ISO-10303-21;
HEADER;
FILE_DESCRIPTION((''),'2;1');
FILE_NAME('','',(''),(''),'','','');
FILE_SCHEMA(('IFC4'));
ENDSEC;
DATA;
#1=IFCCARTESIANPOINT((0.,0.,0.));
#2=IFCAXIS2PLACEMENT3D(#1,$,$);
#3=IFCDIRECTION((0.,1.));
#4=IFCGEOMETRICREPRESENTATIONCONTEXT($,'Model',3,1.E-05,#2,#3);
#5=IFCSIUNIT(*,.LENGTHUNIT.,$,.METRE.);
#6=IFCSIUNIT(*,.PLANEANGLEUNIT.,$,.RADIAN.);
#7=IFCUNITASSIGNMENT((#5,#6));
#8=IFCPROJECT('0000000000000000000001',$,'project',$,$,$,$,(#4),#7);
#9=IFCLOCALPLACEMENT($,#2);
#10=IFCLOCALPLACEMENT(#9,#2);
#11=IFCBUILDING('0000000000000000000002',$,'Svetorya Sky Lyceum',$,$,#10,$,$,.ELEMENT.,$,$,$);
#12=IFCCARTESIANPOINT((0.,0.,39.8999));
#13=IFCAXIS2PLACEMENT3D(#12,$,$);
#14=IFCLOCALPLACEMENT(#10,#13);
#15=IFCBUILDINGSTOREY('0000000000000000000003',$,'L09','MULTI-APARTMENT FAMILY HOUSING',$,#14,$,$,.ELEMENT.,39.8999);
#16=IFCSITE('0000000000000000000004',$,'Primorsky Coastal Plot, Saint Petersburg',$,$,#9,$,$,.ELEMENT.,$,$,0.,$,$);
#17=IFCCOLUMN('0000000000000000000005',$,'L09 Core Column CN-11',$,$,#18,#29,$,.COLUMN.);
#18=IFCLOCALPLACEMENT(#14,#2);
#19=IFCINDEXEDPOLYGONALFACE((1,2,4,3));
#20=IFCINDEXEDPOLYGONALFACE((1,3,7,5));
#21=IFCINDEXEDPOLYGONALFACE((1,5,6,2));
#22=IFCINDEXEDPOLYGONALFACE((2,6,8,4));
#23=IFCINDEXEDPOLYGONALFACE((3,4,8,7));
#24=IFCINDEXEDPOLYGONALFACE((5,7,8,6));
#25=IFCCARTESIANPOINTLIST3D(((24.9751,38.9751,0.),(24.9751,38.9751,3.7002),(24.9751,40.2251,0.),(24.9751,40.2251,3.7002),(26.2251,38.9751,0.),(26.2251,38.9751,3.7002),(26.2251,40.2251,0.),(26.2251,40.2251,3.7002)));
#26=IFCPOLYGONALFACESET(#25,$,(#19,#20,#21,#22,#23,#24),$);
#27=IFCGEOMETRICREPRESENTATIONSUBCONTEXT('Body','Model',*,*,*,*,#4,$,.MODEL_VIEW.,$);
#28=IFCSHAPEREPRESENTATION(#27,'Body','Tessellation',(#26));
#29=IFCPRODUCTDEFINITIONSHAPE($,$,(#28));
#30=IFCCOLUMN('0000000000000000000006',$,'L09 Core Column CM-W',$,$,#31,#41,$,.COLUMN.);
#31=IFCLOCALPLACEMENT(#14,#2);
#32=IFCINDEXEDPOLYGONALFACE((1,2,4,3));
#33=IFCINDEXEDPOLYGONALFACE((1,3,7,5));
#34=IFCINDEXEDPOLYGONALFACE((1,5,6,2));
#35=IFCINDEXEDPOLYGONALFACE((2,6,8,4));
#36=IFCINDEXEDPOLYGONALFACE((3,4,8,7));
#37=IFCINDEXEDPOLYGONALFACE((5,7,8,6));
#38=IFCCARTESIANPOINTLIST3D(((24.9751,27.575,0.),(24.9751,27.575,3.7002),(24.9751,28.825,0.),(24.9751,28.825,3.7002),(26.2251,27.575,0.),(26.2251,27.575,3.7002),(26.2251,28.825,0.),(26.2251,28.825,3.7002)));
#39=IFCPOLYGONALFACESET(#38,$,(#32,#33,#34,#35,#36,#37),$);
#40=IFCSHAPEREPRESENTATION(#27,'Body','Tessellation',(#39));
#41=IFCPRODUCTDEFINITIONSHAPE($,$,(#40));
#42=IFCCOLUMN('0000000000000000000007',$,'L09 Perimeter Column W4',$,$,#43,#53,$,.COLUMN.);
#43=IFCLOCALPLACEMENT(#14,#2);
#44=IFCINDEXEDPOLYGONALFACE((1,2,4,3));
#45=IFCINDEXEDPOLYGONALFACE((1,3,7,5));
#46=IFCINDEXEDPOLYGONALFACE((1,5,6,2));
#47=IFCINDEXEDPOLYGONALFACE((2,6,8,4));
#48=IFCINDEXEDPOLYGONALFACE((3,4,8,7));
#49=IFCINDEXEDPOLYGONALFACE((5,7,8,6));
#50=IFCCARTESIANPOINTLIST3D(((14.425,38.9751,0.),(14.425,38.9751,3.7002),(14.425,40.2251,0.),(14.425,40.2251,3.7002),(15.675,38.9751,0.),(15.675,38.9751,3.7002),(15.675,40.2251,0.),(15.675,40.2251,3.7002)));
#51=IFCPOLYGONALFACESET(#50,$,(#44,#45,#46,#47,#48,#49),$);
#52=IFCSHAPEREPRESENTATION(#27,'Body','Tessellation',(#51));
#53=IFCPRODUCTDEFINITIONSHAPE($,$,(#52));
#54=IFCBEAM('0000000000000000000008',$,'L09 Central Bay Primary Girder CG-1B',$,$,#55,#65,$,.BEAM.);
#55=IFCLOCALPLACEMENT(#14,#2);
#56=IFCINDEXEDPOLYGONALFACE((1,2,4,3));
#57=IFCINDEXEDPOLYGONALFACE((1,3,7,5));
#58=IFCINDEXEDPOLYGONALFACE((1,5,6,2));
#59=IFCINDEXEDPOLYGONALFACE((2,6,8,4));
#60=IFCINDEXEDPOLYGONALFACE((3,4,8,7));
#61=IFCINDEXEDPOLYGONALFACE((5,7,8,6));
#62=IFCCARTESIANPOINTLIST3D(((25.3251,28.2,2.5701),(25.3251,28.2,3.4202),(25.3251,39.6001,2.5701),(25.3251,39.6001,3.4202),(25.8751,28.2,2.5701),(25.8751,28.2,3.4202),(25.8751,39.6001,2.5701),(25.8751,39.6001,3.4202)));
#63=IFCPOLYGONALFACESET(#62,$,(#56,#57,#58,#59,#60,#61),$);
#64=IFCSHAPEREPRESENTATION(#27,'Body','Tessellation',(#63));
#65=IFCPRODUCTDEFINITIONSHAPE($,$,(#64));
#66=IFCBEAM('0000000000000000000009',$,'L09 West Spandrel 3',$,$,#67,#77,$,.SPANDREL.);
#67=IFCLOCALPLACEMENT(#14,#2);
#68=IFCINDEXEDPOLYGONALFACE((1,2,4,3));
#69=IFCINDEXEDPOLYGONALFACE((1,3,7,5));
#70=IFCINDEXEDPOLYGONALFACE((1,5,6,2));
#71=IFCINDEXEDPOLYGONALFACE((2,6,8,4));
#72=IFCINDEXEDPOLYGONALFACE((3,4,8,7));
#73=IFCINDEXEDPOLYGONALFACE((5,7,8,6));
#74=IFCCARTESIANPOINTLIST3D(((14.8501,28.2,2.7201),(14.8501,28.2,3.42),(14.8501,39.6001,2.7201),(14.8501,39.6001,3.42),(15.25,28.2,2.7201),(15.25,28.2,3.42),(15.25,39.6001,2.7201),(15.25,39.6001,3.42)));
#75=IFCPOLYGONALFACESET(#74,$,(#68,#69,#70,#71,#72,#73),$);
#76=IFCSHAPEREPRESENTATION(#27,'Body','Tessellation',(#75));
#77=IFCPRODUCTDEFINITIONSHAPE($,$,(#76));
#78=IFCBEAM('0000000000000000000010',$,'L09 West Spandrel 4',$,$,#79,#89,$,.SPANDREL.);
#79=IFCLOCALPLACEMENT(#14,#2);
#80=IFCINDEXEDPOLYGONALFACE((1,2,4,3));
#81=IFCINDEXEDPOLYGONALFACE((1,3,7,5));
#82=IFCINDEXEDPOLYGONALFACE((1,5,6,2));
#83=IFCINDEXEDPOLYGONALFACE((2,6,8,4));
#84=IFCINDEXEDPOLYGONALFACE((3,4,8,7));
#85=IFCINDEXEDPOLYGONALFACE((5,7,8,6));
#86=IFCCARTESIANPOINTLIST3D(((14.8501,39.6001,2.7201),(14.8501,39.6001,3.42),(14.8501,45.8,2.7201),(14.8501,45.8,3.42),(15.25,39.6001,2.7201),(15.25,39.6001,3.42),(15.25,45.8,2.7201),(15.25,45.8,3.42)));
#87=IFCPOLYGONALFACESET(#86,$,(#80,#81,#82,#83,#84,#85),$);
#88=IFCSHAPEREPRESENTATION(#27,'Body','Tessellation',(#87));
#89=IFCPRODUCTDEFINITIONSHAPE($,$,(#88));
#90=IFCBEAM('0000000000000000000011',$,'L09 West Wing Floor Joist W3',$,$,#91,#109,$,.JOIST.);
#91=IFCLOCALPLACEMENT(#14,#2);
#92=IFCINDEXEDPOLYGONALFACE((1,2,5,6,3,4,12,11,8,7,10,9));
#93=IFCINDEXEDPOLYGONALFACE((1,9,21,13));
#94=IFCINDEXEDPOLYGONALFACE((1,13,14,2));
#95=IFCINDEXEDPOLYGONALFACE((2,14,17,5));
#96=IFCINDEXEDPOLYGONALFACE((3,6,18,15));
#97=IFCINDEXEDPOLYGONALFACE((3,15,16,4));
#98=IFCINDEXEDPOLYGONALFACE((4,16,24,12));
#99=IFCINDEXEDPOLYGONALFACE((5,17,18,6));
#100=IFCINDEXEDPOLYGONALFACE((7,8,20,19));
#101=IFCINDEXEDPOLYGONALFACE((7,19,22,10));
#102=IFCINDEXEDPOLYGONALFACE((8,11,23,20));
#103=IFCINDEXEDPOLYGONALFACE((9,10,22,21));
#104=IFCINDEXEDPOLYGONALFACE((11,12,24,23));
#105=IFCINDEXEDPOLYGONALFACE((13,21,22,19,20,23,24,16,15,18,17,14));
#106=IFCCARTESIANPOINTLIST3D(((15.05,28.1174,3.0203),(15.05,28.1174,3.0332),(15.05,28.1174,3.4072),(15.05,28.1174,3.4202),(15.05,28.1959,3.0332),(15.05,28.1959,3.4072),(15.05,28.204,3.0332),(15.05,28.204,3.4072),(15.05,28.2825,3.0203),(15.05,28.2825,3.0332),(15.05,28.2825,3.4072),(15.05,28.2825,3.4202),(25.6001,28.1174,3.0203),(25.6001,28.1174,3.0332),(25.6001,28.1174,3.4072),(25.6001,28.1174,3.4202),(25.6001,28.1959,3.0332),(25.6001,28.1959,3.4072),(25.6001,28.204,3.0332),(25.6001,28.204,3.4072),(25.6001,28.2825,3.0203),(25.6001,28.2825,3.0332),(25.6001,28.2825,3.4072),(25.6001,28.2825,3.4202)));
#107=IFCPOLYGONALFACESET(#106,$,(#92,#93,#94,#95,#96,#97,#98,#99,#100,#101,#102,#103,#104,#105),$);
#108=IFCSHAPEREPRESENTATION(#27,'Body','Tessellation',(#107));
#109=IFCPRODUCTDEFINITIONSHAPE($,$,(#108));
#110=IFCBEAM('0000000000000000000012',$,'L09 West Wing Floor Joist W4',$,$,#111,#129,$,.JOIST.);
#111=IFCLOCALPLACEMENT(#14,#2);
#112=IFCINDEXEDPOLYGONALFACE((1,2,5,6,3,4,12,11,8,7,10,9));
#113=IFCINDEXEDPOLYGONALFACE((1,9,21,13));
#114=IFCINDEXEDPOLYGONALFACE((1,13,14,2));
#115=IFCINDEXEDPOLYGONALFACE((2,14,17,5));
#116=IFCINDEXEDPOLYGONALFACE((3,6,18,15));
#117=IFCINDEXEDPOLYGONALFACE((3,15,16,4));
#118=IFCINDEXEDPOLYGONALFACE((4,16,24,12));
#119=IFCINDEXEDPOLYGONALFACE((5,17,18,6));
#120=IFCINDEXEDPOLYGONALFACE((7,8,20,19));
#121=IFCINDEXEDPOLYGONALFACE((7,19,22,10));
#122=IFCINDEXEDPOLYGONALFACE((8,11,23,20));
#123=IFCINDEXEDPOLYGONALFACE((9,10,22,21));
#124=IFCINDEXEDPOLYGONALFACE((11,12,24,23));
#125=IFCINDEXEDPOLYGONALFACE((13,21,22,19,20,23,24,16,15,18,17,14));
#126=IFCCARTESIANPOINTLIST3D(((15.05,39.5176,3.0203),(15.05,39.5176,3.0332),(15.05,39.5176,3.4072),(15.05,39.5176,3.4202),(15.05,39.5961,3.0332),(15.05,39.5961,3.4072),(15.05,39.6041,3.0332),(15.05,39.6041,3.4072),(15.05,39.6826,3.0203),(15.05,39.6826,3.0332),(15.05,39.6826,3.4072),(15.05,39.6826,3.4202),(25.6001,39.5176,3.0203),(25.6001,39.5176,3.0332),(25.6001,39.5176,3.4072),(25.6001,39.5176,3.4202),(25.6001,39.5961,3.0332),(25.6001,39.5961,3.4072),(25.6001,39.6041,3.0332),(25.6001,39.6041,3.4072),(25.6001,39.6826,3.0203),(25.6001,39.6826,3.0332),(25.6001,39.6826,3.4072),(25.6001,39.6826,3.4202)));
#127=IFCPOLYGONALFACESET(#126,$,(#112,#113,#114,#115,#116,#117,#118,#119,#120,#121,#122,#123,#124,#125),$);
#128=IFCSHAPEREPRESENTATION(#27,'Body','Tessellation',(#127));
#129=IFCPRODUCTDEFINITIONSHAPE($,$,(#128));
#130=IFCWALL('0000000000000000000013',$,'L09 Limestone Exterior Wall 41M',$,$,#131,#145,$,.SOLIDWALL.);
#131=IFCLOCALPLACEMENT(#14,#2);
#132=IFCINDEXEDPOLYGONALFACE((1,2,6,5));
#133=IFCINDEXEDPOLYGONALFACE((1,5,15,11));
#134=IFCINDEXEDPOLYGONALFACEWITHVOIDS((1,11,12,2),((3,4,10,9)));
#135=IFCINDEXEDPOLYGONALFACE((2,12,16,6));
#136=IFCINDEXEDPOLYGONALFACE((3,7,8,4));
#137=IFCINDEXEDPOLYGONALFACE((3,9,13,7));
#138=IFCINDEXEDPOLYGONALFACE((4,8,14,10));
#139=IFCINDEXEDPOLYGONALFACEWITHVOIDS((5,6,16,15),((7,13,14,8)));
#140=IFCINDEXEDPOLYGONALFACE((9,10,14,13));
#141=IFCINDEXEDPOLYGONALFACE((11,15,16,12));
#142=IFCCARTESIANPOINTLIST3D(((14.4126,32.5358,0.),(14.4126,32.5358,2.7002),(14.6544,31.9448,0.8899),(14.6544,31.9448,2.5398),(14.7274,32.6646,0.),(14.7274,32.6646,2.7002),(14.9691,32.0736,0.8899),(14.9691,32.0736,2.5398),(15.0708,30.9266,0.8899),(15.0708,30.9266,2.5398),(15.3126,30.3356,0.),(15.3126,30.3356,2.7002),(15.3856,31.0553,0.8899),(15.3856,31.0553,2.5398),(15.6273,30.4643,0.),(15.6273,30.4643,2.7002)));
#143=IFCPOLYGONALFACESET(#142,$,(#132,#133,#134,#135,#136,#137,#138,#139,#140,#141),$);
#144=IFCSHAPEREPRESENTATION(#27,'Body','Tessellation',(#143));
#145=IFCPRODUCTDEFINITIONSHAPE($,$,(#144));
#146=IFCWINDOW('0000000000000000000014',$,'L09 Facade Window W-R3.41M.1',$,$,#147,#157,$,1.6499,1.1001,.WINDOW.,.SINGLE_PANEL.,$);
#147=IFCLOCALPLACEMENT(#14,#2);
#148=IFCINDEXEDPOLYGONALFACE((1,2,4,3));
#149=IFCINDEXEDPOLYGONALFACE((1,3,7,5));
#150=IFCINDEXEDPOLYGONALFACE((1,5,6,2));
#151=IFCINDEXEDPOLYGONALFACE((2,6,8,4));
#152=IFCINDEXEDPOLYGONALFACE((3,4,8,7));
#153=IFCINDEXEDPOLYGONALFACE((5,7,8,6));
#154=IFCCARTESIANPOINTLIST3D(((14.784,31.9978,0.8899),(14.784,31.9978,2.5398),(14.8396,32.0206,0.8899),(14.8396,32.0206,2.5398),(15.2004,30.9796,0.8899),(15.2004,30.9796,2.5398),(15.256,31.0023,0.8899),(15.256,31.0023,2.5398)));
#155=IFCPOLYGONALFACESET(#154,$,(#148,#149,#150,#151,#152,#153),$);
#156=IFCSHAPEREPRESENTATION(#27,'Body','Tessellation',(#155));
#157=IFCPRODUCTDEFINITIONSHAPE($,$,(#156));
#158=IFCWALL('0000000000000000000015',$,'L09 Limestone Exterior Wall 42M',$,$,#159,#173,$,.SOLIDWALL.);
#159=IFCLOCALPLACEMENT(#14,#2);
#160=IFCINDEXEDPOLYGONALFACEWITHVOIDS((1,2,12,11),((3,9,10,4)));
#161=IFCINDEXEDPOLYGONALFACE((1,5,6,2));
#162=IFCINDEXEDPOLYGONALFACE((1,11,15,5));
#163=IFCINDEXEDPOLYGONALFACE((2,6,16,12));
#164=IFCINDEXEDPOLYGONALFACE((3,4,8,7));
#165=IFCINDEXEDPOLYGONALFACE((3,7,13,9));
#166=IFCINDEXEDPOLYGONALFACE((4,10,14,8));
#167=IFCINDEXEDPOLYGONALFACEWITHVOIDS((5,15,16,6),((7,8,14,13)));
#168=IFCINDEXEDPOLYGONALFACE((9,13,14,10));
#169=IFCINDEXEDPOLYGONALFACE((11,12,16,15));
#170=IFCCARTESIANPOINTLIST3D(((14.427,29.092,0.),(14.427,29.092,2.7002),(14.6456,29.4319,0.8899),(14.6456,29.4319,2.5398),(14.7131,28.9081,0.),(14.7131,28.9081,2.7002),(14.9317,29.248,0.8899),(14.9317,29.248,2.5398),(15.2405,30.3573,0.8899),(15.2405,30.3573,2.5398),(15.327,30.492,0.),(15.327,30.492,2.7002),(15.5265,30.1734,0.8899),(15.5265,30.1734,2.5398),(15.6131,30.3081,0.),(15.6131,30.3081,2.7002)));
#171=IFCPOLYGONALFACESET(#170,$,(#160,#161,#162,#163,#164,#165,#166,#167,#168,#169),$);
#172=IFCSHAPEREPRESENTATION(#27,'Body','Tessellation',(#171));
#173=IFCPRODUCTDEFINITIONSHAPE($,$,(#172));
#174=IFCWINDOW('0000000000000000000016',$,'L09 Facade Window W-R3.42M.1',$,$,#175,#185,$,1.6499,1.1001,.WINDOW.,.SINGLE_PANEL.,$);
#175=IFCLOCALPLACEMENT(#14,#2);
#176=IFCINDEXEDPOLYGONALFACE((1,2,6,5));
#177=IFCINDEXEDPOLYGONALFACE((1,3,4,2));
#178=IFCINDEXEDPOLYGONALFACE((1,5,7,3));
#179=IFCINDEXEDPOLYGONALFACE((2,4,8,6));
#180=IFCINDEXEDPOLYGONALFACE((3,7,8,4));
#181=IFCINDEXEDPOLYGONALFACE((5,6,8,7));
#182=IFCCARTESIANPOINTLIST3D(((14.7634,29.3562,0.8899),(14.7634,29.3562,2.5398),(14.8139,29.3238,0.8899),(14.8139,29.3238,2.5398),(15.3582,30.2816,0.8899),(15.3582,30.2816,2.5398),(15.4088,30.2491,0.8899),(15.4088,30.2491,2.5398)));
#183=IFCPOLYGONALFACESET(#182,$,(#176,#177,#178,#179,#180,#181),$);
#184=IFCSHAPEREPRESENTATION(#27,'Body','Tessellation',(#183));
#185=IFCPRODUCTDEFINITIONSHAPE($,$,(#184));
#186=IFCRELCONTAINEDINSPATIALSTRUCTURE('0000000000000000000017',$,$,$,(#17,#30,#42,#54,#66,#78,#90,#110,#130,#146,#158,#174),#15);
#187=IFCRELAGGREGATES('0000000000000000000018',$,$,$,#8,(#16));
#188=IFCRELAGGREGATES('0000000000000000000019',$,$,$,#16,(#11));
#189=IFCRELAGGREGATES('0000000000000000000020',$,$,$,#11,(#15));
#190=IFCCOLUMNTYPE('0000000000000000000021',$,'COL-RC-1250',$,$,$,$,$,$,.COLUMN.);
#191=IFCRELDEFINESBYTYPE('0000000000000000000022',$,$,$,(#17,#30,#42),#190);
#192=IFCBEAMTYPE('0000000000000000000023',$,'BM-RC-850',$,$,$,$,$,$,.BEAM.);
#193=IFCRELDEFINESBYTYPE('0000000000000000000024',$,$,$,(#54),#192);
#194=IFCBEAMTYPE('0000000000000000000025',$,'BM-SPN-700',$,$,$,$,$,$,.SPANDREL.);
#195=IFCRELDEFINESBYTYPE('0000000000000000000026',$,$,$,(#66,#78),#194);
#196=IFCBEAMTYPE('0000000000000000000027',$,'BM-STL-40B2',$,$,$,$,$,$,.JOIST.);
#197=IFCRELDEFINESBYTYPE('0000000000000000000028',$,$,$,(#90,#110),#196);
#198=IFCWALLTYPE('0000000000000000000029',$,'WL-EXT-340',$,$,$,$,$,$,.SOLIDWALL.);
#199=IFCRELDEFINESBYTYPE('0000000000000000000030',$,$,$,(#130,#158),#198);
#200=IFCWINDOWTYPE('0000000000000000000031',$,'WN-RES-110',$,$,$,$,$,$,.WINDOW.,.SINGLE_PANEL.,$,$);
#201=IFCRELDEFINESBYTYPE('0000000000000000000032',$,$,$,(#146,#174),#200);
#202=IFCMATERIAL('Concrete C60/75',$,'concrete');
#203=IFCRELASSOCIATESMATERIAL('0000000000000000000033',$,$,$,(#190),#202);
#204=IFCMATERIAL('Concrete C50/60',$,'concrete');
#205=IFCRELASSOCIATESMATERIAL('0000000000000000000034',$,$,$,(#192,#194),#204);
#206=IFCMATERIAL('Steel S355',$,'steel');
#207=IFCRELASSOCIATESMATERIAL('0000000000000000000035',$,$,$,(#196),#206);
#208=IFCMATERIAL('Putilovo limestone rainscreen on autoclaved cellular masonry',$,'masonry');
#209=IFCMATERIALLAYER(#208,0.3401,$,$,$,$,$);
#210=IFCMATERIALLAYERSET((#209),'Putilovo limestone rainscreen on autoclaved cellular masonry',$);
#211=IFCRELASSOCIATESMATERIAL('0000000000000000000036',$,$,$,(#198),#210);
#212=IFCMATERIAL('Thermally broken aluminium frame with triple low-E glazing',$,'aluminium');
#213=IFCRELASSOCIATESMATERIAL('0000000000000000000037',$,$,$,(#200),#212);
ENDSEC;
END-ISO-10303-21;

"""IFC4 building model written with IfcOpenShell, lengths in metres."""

from ifc_helpers import new_model, si_unit, direction, frame, frame_2d, origin, origin_2d, place, context, subcontext, project, spatial, rectangle, i_section, extrude, material, layer, layer_set, material_profile, profile_set, type_object, element, fill, save


model = new_model("IFC4")

# Units and contexts
model_context = context("Model", 3, precision=1e-05, world=origin(), true_north=direction((0.0, 1.0)))
body_context = subcontext(model_context, "Body", "Model", "MODEL_VIEW")
ifc_project = project(units=[si_unit("LENGTHUNIT", "METRE"), si_unit("PLANEANGLEUNIT", "RADIAN")], contexts=[model_context])

# Site, building, storey
site_placement = place(None, origin())
site = spatial("IfcSite", under=ifc_project, at=site_placement, Name="Primorsky Coastal Plot, Saint Petersburg", CompositionType="ELEMENT", RefElevation=0.0)
building_placement = place(site_placement, origin())
building = spatial("IfcBuilding", under=site, at=building_placement, Name="Svetorya Sky Lyceum", CompositionType="ELEMENT")
storey_placement = place(building_placement, frame((0.0, 0.0, 39.8999)))
storey = spatial("IfcBuildingStorey", under=building, at=storey_placement, Name="L09", Description="MULTI-APARTMENT FAMILY HOUSING", CompositionType="ELEMENT", Elevation=39.8999)

# Columns
ifc_material_1 = material(Name="Concrete C60/75", Category="concrete")
ifc_material_profile_1 = material_profile(ifc_material_1, rectangle(XDim=1.25, YDim=1.25, at=origin_2d()), Name="RC COL 1250x1250")
ifc_profile_set_1 = profile_set([ifc_material_profile_1], Name="Concrete C60/75")
column_type = type_object("IfcColumnType", Name="COL-RC-1250", PredefinedType="COLUMN", material=ifc_profile_set_1)
for number, where, z_axis, x_axis, name in (
    (1, (25.6001, 39.6001, 0.0), (0.0, 0.0, 1.0), (1.0, 0.0, 0.0), "L09 Core Column CN-11"),
    (2, (25.6001, 28.2, 0.0), (0.0, 0.0, 1.0), (1.0, 0.0, 0.0), "L09 Core Column CM-W"),
    (3, (15.05, 39.6001, 0.0), (0.0, 0.0, 1.0), (1.0, 0.0, 0.0), "L09 Perimeter Column W4"),
):
    element("IfcColumn", number, at=place(storey_placement, frame(where, z_axis=z_axis, x_axis=x_axis)), inside=storey, type_object=column_type, Name=name, PredefinedType="COLUMN", context=body_context, shape_type="SweptSolid", body=[
        extrude(rectangle(XDim=1.25, YDim=1.25, at=origin_2d()), origin(), (0.0, 0.0, 1.0), 3.7002),
    ])

# Beams
ifc_material_2 = material(Name="Concrete C50/60", Category="concrete")
ifc_material_profile_2 = material_profile(ifc_material_2, rectangle(XDim=0.55, YDim=0.8501, at=origin_2d()), Name="RC BEAM 550x850")
ifc_profile_set_2 = profile_set([ifc_material_profile_2], Name="Concrete C50/60")
beam_type_1 = type_object("IfcBeamType", Name="BM-RC-850", PredefinedType="BEAM", material=ifc_profile_set_2)
beam_1_placement = place(storey_placement, frame((25.6001, 28.2, 2.9951), z_axis=(0.0, 1.0, 0.0), x_axis=(-1.0, 0.0, 0.0)))
element("IfcBeam", 4, at=beam_1_placement, inside=storey, type_object=beam_type_1, Name="L09 Central Bay Primary Girder CG-1B", PredefinedType="BEAM", context=body_context, shape_type="SweptSolid", body=[
    extrude(rectangle(XDim=0.55, YDim=0.8501, at=origin_2d()), origin(), (0.0, 0.0, 1.0), 11.4001),
])
ifc_material_profile_3 = material_profile(ifc_material_2, rectangle(XDim=0.3999, YDim=0.7, at=origin_2d()), Name="RC SPANDREL 400x700")
ifc_profile_set_3 = profile_set([ifc_material_profile_3], Name="Concrete C50/60")
beam_type_2 = type_object("IfcBeamType", Name="BM-SPN-700", PredefinedType="SPANDREL", material=ifc_profile_set_3)
beam_2_placement = place(storey_placement, frame((15.05, 28.2, 3.0701), z_axis=(0.0, 1.0, 0.0), x_axis=(-1.0, 0.0, 0.0)))
element("IfcBeam", 5, at=beam_2_placement, inside=storey, type_object=beam_type_2, Name="L09 West Spandrel 3", PredefinedType="SPANDREL", context=body_context, shape_type="SweptSolid", body=[
    extrude(rectangle(XDim=0.3999, YDim=0.7, at=origin_2d()), origin(), (0.0, 0.0, 1.0), 11.4001),
])
beam_3_placement = place(storey_placement, frame((15.05, 39.6001, 3.0701), z_axis=(0.0, 1.0, 0.0), x_axis=(-1.0, 0.0, 0.0)))
element("IfcBeam", 6, at=beam_3_placement, inside=storey, type_object=beam_type_2, Name="L09 West Spandrel 4", PredefinedType="SPANDREL", context=body_context, shape_type="SweptSolid", body=[
    extrude(rectangle(XDim=0.3999, YDim=0.7, at=origin_2d()), origin(), (0.0, 0.0, 1.0), 6.2),
])
ifc_material_3 = material(Name="Steel S355", Category="steel")
ifc_material_profile_4 = material_profile(ifc_material_3, i_section(OverallWidth=0.165, OverallDepth=0.3999, WebThickness=0.0081, FlangeThickness=0.0129, at=origin_2d()), Name="GOST 40B2")
ifc_profile_set_4 = profile_set([ifc_material_profile_4], Name="Steel S355")
beam_type_3 = type_object("IfcBeamType", Name="BM-STL-40B2", PredefinedType="JOIST", material=ifc_profile_set_4)
for number, where, z_axis, x_axis, name in (
    (7, (15.05, 28.2, 3.2202), (1.0, 0.0, 0.0), (0.0, 1.0, 0.0), "L09 West Wing Floor Joist W3"),
    (8, (15.05, 39.6001, 3.2202), (1.0, 0.0, 0.0), (0.0, 1.0, 0.0), "L09 West Wing Floor Joist W4"),
):
    element("IfcBeam", number, at=place(storey_placement, frame(where, z_axis=z_axis, x_axis=x_axis)), inside=storey, type_object=beam_type_3, Name=name, PredefinedType="JOIST", context=body_context, shape_type="SweptSolid", body=[
        extrude(i_section(OverallWidth=0.165, OverallDepth=0.3999, WebThickness=0.0081, FlangeThickness=0.0129, at=origin_2d()), origin(), (0.0, 0.0, 1.0), 10.55),
    ])

# Walls, openings, windows
ifc_material_4 = material(Name="Putilovo limestone rainscreen on autoclaved cellular masonry", Category="masonry")
ifc_layer_1 = layer(ifc_material_4, 0.3401)
ifc_layer_set_1 = layer_set([ifc_layer_1], Name="Putilovo limestone rainscreen on autoclaved cellular masonry")
wall_type_1 = type_object("IfcWallType", Name="WL-EXT-340", PredefinedType="SOLIDWALL", material=ifc_layer_set_1)
wall_1_placement = place(storey_placement, frame((14.5701, 32.6001, 0.0), z_axis=(0.0, 0.0, 1.0), x_axis=(0.378569, -0.925573, 0.0)))
wall_1 = element("IfcWall", 9, at=wall_1_placement, inside=storey, type_object=wall_type_1, Name="L09 Limestone Exterior Wall 41M", PredefinedType="SOLIDWALL", context=body_context, shape_type="SweptSolid", body=[
    extrude(rectangle(XDim=2.3772, YDim=0.3401, at=frame_2d((1.1885, 0.0))), origin(), (0.0, 0.0, 1.0), 2.7002),
])
opening_1_placement = place(wall_1_placement, frame((0.6384, 0.0, 0.8899)))
opening_1 = element("IfcOpeningElement", 10, at=opening_1_placement, cuts=wall_1, PredefinedType="OPENING", context=body_context, shape_type="SweptSolid", body=[
    extrude(rectangle(XDim=1.1001, YDim=1.6499, at=frame_2d((0.55, 0.825))), frame((0.0, 0.1799, 0.0), z_axis=(0.0, -1.0, 0.0), x_axis=(1.0, 0.0, 0.0)), (0.0, 0.0, 1.0), 0.3601),
])
ifc_material_5 = material(Name="Thermally broken aluminium frame with triple low-E glazing", Category="aluminium")
window_type = type_object("IfcWindowType", Name="WN-RES-110", PartitioningType="SINGLE_PANEL", PredefinedType="WINDOW", material=ifc_material_5)
window_1_placement = place(opening_1_placement, origin())
window_1 = element("IfcWindow", 11, at=window_1_placement, inside=storey, type_object=window_type, Name="L09 Facade Window W-R3.41M.1", OverallHeight=1.6499, OverallWidth=1.1001, PartitioningType="SINGLE_PANEL", PredefinedType="WINDOW", context=body_context, shape_type="SweptSolid", body=[
    extrude(rectangle(XDim=1.1001, YDim=1.6499, at=frame_2d((0.55, 0.825))), frame((0.0, 0.03, 0.0), z_axis=(0.0, -1.0, 0.0), x_axis=(1.0, 0.0, 0.0)), (0.0, 0.0, 1.0), 0.0601),
])
fill(opening_1, window_1)
wall_2_placement = place(storey_placement, frame((15.47, 30.3999, 0.0), z_axis=(0.0, 0.0, 1.0), x_axis=(-0.540743, -0.841188, 0.0)))
wall_2 = element("IfcWall", 12, at=wall_2_placement, inside=storey, type_object=wall_type_1, Name="L09 Limestone Exterior Wall 42M", PredefinedType="SOLIDWALL", context=body_context, shape_type="SweptSolid", body=[
    extrude(rectangle(XDim=1.6643, YDim=0.3401, at=frame_2d((0.832, 0.0))), origin(), (0.0, 0.0, 1.0), 2.7002),
])
opening_2_placement = place(wall_2_placement, frame((0.1599, 0.0, 0.8899)))
opening_2 = element("IfcOpeningElement", 13, at=opening_2_placement, cuts=wall_2, PredefinedType="OPENING", context=body_context, shape_type="SweptSolid", body=[
    extrude(rectangle(XDim=1.1001, YDim=1.6499, at=frame_2d((0.55, 0.825))), frame((0.0, 0.1799, 0.0), z_axis=(0.0, -1.0, 0.0), x_axis=(1.0, 0.0, 0.0)), (0.0, 0.0, 1.0), 0.3601),
])
window_2_placement = place(opening_2_placement, origin())
window_2 = element("IfcWindow", 14, at=window_2_placement, inside=storey, type_object=window_type, Name="L09 Facade Window W-R3.42M.1", OverallHeight=1.6499, OverallWidth=1.1001, PartitioningType="SINGLE_PANEL", PredefinedType="WINDOW", context=body_context, shape_type="SweptSolid", body=[
    extrude(rectangle(XDim=1.1001, YDim=1.6499, at=frame_2d((0.55, 0.825))), frame((0.0, 0.03, 0.0), z_axis=(0.0, -1.0, 0.0), x_axis=(1.0, 0.0, 0.0)), (0.0, 0.0, 1.0), 0.0601),
])
fill(opening_2, window_2)

save(model, "model.ifc")
